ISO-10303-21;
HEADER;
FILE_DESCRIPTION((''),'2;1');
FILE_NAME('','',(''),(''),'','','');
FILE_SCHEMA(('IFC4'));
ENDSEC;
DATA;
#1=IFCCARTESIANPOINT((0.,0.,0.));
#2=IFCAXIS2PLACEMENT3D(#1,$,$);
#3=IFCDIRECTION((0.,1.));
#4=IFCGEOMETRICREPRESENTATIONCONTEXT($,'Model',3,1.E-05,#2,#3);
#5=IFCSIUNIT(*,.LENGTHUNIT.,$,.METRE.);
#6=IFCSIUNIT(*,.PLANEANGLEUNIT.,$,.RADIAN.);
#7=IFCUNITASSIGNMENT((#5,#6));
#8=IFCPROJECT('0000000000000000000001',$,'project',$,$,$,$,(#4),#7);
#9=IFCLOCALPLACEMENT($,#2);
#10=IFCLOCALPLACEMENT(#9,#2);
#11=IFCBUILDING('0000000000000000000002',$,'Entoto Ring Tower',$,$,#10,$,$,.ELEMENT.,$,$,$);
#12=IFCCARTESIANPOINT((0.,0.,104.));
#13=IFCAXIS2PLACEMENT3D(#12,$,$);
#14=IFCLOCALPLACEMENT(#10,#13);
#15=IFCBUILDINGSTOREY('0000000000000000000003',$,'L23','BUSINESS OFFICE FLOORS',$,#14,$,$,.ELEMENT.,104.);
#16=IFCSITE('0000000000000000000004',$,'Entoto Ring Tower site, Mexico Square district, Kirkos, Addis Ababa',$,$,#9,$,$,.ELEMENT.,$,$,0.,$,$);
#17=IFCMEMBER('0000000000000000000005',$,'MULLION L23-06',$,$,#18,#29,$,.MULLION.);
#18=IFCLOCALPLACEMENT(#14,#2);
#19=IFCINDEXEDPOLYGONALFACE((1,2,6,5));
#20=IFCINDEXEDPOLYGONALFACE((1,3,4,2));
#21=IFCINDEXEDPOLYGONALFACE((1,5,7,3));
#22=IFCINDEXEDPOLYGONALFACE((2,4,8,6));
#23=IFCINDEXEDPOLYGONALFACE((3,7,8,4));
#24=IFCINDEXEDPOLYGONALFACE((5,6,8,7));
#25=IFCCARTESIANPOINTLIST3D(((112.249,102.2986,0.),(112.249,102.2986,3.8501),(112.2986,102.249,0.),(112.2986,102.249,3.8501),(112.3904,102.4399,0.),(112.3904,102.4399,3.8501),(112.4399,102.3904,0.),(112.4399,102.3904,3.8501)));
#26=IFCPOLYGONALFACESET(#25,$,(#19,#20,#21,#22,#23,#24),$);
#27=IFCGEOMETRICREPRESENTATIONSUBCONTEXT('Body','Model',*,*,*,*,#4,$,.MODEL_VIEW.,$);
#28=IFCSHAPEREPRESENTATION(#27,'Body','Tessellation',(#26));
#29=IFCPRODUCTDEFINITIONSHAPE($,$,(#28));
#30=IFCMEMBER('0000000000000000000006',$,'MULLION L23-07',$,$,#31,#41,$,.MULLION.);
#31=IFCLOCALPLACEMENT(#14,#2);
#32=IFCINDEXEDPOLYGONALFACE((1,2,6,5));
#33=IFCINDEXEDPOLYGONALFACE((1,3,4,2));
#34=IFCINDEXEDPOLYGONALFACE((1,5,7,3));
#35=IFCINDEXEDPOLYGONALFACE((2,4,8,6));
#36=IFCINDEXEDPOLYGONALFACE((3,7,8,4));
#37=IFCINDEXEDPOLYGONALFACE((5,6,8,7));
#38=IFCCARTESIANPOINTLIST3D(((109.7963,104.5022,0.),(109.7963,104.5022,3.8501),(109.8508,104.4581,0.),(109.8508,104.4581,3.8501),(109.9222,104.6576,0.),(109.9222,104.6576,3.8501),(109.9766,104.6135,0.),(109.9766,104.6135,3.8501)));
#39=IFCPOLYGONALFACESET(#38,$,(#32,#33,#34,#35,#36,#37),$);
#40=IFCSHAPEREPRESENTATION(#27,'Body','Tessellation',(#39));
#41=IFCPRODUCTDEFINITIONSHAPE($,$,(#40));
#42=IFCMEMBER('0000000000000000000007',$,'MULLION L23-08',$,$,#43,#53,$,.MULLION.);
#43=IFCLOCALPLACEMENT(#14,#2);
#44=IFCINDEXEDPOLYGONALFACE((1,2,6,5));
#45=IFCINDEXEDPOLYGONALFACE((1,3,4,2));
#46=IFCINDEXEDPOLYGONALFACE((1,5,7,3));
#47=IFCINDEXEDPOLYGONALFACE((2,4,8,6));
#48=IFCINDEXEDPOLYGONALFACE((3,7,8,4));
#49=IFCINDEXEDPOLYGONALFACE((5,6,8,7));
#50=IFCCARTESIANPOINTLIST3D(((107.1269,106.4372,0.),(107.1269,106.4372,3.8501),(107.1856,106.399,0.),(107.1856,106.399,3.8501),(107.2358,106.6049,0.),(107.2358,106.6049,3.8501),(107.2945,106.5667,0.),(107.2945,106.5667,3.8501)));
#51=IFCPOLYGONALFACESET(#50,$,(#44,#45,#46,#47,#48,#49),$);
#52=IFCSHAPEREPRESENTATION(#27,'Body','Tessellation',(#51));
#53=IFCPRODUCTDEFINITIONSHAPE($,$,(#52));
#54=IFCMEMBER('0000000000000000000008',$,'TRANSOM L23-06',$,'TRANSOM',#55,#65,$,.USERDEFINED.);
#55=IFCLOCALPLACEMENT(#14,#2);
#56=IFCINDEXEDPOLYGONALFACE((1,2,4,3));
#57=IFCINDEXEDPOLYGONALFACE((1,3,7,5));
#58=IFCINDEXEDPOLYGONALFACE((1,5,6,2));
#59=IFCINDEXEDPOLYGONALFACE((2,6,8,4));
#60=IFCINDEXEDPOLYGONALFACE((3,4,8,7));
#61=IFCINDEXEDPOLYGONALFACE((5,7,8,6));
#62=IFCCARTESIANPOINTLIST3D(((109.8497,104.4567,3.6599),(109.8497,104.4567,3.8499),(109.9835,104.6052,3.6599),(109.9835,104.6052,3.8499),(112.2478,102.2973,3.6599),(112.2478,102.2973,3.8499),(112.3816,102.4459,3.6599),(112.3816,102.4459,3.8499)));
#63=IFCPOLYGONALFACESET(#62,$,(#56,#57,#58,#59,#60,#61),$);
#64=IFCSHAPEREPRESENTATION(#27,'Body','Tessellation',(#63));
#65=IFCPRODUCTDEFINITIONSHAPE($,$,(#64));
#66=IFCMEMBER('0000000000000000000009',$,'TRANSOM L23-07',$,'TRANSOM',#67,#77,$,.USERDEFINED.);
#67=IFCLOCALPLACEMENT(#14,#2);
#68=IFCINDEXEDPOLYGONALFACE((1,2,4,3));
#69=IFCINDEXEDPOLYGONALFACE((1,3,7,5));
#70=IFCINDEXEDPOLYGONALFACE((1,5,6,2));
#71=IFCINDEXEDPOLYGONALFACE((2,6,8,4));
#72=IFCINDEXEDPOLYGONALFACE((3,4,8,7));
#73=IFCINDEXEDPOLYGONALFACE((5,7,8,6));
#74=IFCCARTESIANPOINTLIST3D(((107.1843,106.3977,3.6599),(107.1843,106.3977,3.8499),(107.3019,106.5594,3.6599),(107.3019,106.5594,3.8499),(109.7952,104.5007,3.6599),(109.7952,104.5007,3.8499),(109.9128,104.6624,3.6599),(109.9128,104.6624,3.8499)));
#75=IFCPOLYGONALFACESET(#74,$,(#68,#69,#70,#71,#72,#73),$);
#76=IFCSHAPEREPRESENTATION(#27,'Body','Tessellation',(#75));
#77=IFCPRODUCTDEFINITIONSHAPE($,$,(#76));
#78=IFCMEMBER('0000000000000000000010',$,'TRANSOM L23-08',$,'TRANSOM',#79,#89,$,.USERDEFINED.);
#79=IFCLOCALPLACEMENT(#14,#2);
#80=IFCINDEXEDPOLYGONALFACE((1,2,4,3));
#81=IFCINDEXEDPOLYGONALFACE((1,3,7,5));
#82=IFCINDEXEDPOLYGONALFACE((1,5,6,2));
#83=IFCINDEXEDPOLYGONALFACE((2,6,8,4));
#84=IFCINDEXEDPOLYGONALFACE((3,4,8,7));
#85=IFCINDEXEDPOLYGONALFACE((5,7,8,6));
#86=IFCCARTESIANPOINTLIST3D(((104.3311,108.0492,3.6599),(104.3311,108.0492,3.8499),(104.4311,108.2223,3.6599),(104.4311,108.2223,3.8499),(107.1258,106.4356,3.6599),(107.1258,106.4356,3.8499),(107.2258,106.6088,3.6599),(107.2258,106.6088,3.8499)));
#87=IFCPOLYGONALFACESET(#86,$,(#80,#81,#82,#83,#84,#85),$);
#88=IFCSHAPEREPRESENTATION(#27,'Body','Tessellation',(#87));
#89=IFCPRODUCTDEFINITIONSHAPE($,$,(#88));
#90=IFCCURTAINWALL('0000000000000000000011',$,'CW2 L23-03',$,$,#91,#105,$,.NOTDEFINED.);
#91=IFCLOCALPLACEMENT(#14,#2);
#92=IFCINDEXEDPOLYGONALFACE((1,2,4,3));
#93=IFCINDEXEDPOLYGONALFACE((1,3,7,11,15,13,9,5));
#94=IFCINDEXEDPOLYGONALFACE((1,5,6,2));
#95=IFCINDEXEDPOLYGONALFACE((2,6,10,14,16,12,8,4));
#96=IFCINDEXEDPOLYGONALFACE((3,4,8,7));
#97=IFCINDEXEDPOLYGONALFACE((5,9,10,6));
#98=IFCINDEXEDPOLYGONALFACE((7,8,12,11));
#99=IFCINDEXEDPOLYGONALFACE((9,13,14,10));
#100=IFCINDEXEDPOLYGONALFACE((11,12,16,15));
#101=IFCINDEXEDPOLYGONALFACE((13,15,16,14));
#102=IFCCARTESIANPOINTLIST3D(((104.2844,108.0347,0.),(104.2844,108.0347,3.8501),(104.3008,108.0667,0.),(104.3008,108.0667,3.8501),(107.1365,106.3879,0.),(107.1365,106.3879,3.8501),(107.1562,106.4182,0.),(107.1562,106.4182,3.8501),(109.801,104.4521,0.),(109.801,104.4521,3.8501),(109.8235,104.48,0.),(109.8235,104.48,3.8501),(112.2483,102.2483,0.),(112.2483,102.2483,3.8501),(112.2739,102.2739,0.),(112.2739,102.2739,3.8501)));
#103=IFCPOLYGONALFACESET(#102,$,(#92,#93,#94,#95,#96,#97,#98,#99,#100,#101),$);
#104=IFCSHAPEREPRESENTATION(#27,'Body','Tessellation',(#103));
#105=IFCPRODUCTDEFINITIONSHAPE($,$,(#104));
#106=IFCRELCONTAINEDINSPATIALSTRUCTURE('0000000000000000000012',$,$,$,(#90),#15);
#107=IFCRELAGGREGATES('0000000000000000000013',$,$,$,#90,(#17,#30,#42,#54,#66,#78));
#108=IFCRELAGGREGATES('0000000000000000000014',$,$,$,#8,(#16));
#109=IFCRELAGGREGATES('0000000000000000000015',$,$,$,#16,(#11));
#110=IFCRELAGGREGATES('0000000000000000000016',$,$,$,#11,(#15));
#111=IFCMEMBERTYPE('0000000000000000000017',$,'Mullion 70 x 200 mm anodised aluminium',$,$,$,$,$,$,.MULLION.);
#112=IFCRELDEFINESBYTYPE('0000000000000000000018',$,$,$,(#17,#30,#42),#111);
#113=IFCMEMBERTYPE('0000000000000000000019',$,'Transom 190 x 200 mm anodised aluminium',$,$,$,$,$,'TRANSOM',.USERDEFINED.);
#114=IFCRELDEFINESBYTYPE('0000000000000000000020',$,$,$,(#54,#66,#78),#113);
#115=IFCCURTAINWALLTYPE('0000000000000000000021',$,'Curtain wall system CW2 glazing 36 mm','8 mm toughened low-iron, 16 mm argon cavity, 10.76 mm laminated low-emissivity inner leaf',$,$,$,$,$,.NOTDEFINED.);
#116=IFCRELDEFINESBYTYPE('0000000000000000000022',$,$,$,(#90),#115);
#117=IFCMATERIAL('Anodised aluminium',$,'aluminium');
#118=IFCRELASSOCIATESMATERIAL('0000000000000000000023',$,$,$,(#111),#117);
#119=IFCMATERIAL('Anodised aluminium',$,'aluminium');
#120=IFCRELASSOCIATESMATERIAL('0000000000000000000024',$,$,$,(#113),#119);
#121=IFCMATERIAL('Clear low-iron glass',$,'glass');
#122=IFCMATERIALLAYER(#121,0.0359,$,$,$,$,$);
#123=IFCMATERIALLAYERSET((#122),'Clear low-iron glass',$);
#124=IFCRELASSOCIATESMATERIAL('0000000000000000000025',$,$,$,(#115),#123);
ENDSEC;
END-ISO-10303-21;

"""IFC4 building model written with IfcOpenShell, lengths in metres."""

from ifc_helpers import new_model, si_unit, direction, frame, origin, origin_2d, place, context, subcontext, project, spatial, polyline, rectangle, outline, extrude, material, layer, layer_set, material_profile, profile_set, type_object, element, aggregate, save


model = new_model("IFC4")

# Units and contexts
model_context = context("Model", 3, precision=1e-05, world=origin(), true_north=direction((0.0, 1.0)))
body_context = subcontext(model_context, "Body", "Model", "MODEL_VIEW")
ifc_project = project(units=[si_unit("LENGTHUNIT", "METRE"), si_unit("PLANEANGLEUNIT", "RADIAN")], contexts=[model_context])

# Members
ifc_material_1 = material(Name="Anodised aluminium", Category="aluminium")
ifc_material_profile_1 = material_profile(ifc_material_1, rectangle(XDim=0.0701, YDim=0.2, at=origin_2d()), Name="Mullion 70 x 200 mm anodised aluminium")
ifc_profile_set_1 = profile_set([ifc_material_profile_1], Name="Anodised aluminium")
member_type_1 = type_object("IfcMemberType", Name="Mullion 70 x 200 mm anodised aluminium", PredefinedType="MULLION", material=ifc_profile_set_1)
site_placement = place(None, origin())
building_placement = place(site_placement, origin())
storey_placement = place(building_placement, frame((0.0, 0.0, 104.0)))
member_1_placement = place(storey_placement, frame((112.3445, 102.3445, 0.0), z_axis=(0.0, 0.0, 1.0), x_axis=(-0.707107, 0.707107, 0.0)))
member_1 = element("IfcMember", 1, at=member_1_placement, type_object=member_type_1, Name="MULLION L23-06", PredefinedType="MULLION", context=body_context, shape_type="SweptSolid", body=[
    extrude(rectangle(XDim=0.0701, YDim=0.2, at=origin_2d()), origin(), (0.0, 0.0, 1.0), 3.8501),
])
member_2_placement = place(storey_placement, frame((109.8865, 104.5579, 0.0), z_axis=(0.0, 0.0, 1.0), x_axis=(-0.777146, 0.62932, 0.0)))
member_2 = element("IfcMember", 2, at=member_2_placement, type_object=member_type_1, Name="MULLION L23-07", PredefinedType="MULLION", context=body_context, shape_type="SweptSolid", body=[
    extrude(rectangle(XDim=0.0701, YDim=0.2, at=origin_2d()), origin(), (0.0, 0.0, 1.0), 3.8501),
])
member_3_placement = place(storey_placement, frame((107.2107, 106.502, 0.0), z_axis=(0.0, 0.0, 1.0), x_axis=(-0.838671, 0.544639, 0.0)))
member_3 = element("IfcMember", 3, at=member_3_placement, type_object=member_type_1, Name="MULLION L23-08", PredefinedType="MULLION", context=body_context, shape_type="SweptSolid", body=[
    extrude(rectangle(XDim=0.0701, YDim=0.2, at=origin_2d()), origin(), (0.0, 0.0, 1.0), 3.8501),
])
ifc_material_2 = material(Name="Anodised aluminium", Category="aluminium")
ifc_material_profile_2 = material_profile(ifc_material_2, rectangle(XDim=0.2, YDim=0.1899, at=origin_2d()), Name="Transom 190 x 200 mm anodised aluminium")
ifc_profile_set_2 = profile_set([ifc_material_profile_2], Name="Anodised aluminium")
member_type_2 = type_object("IfcMemberType", Name="Transom 190 x 200 mm anodised aluminium", ElementType="TRANSOM", PredefinedType="USERDEFINED", material=ifc_profile_set_2)
member_4_placement = place(storey_placement, frame((112.3147, 102.3716, 3.7549), z_axis=(-0.743132, 0.669144, 0.0), x_axis=(-0.669144, -0.743132, 0.0)))
member_4 = element("IfcMember", 4, at=member_4_placement, type_object=member_type_2, Name="TRANSOM L23-06", ObjectType="TRANSOM", PredefinedType="USERDEFINED", context=body_context, shape_type="SweptSolid", body=[
    extrude(rectangle(XDim=0.2, YDim=0.1899, at=origin_2d()), origin(), (0.0, 0.0, 1.0), 3.2271),
])
member_5_placement = place(storey_placement, frame((109.854, 104.5815, 3.7549), z_axis=(-0.809004, 0.587803, 0.0), x_axis=(-0.587803, -0.809004, 0.0)))
member_5 = element("IfcMember", 5, at=member_5_placement, type_object=member_type_2, Name="TRANSOM L23-07", ObjectType="TRANSOM", PredefinedType="USERDEFINED", context=body_context, shape_type="SweptSolid", body=[
    extrude(rectangle(XDim=0.2, YDim=0.1899, at=origin_2d()), origin(), (0.0, 0.0, 1.0), 3.2273),
])
member_6_placement = place(storey_placement, frame((107.1758, 106.5222, 3.7549), z_axis=(-0.866023, 0.500004, 0.0), x_axis=(-0.500004, -0.866023, 0.0)))
member_6 = element("IfcMember", 6, at=member_6_placement, type_object=member_type_2, Name="TRANSOM L23-08", ObjectType="TRANSOM", PredefinedType="USERDEFINED", context=body_context, shape_type="SweptSolid", body=[
    extrude(rectangle(XDim=0.2, YDim=0.1899, at=origin_2d()), origin(), (0.0, 0.0, 1.0), 3.2271),
])

# Site, building, storey
site = spatial("IfcSite", under=ifc_project, at=site_placement, Name="Entoto Ring Tower site, Mexico Square district, Kirkos, Addis Ababa", CompositionType="ELEMENT", RefElevation=0.0)
building = spatial("IfcBuilding", under=site, at=building_placement, Name="Entoto Ring Tower", CompositionType="ELEMENT")
storey = spatial("IfcBuildingStorey", under=building, at=storey_placement, Name="L23", Description="BUSINESS OFFICE FLOORS", CompositionType="ELEMENT", Elevation=104.0)

# Curtain wall
ifc_material_3 = material(Name="Clear low-iron glass", Category="glass")
ifc_layer_1 = layer(ifc_material_3, 0.0359)
ifc_layer_set_1 = layer_set([ifc_layer_1], Name="Clear low-iron glass")
curtain_wall_type = type_object("IfcCurtainWallType", Name="Curtain wall system CW2 glazing 36 mm", Description="8 mm toughened low-iron, 16 mm argon cavity, 10.76 mm laminated low-emissivity inner leaf", PredefinedType="NOTDEFINED", material=ifc_layer_set_1)
curtain_wall_1_placement = place(storey_placement, origin())
curtain_wall_1 = element("IfcCurtainWall", 7, at=curtain_wall_1_placement, inside=storey, type_object=curtain_wall_type, Name="CW2 L23-03", PredefinedType="NOTDEFINED", context=body_context, shape_type="SweptSolid", body=[
    extrude(outline(polyline([(112.2739, 102.2739), (109.8235, 104.48), (107.1562, 106.4182), (104.3008, 108.0667), (104.2844, 108.0347), (107.1365, 106.3879), (109.801, 104.4521), (112.2483, 102.2483), (112.2739, 102.2739)])), origin(), (0.0, 0.0, 1.0), 3.8501),
])
aggregate(curtain_wall_1, [member_1, member_2, member_3, member_4, member_5, member_6])

save(model, "model.ifc")
